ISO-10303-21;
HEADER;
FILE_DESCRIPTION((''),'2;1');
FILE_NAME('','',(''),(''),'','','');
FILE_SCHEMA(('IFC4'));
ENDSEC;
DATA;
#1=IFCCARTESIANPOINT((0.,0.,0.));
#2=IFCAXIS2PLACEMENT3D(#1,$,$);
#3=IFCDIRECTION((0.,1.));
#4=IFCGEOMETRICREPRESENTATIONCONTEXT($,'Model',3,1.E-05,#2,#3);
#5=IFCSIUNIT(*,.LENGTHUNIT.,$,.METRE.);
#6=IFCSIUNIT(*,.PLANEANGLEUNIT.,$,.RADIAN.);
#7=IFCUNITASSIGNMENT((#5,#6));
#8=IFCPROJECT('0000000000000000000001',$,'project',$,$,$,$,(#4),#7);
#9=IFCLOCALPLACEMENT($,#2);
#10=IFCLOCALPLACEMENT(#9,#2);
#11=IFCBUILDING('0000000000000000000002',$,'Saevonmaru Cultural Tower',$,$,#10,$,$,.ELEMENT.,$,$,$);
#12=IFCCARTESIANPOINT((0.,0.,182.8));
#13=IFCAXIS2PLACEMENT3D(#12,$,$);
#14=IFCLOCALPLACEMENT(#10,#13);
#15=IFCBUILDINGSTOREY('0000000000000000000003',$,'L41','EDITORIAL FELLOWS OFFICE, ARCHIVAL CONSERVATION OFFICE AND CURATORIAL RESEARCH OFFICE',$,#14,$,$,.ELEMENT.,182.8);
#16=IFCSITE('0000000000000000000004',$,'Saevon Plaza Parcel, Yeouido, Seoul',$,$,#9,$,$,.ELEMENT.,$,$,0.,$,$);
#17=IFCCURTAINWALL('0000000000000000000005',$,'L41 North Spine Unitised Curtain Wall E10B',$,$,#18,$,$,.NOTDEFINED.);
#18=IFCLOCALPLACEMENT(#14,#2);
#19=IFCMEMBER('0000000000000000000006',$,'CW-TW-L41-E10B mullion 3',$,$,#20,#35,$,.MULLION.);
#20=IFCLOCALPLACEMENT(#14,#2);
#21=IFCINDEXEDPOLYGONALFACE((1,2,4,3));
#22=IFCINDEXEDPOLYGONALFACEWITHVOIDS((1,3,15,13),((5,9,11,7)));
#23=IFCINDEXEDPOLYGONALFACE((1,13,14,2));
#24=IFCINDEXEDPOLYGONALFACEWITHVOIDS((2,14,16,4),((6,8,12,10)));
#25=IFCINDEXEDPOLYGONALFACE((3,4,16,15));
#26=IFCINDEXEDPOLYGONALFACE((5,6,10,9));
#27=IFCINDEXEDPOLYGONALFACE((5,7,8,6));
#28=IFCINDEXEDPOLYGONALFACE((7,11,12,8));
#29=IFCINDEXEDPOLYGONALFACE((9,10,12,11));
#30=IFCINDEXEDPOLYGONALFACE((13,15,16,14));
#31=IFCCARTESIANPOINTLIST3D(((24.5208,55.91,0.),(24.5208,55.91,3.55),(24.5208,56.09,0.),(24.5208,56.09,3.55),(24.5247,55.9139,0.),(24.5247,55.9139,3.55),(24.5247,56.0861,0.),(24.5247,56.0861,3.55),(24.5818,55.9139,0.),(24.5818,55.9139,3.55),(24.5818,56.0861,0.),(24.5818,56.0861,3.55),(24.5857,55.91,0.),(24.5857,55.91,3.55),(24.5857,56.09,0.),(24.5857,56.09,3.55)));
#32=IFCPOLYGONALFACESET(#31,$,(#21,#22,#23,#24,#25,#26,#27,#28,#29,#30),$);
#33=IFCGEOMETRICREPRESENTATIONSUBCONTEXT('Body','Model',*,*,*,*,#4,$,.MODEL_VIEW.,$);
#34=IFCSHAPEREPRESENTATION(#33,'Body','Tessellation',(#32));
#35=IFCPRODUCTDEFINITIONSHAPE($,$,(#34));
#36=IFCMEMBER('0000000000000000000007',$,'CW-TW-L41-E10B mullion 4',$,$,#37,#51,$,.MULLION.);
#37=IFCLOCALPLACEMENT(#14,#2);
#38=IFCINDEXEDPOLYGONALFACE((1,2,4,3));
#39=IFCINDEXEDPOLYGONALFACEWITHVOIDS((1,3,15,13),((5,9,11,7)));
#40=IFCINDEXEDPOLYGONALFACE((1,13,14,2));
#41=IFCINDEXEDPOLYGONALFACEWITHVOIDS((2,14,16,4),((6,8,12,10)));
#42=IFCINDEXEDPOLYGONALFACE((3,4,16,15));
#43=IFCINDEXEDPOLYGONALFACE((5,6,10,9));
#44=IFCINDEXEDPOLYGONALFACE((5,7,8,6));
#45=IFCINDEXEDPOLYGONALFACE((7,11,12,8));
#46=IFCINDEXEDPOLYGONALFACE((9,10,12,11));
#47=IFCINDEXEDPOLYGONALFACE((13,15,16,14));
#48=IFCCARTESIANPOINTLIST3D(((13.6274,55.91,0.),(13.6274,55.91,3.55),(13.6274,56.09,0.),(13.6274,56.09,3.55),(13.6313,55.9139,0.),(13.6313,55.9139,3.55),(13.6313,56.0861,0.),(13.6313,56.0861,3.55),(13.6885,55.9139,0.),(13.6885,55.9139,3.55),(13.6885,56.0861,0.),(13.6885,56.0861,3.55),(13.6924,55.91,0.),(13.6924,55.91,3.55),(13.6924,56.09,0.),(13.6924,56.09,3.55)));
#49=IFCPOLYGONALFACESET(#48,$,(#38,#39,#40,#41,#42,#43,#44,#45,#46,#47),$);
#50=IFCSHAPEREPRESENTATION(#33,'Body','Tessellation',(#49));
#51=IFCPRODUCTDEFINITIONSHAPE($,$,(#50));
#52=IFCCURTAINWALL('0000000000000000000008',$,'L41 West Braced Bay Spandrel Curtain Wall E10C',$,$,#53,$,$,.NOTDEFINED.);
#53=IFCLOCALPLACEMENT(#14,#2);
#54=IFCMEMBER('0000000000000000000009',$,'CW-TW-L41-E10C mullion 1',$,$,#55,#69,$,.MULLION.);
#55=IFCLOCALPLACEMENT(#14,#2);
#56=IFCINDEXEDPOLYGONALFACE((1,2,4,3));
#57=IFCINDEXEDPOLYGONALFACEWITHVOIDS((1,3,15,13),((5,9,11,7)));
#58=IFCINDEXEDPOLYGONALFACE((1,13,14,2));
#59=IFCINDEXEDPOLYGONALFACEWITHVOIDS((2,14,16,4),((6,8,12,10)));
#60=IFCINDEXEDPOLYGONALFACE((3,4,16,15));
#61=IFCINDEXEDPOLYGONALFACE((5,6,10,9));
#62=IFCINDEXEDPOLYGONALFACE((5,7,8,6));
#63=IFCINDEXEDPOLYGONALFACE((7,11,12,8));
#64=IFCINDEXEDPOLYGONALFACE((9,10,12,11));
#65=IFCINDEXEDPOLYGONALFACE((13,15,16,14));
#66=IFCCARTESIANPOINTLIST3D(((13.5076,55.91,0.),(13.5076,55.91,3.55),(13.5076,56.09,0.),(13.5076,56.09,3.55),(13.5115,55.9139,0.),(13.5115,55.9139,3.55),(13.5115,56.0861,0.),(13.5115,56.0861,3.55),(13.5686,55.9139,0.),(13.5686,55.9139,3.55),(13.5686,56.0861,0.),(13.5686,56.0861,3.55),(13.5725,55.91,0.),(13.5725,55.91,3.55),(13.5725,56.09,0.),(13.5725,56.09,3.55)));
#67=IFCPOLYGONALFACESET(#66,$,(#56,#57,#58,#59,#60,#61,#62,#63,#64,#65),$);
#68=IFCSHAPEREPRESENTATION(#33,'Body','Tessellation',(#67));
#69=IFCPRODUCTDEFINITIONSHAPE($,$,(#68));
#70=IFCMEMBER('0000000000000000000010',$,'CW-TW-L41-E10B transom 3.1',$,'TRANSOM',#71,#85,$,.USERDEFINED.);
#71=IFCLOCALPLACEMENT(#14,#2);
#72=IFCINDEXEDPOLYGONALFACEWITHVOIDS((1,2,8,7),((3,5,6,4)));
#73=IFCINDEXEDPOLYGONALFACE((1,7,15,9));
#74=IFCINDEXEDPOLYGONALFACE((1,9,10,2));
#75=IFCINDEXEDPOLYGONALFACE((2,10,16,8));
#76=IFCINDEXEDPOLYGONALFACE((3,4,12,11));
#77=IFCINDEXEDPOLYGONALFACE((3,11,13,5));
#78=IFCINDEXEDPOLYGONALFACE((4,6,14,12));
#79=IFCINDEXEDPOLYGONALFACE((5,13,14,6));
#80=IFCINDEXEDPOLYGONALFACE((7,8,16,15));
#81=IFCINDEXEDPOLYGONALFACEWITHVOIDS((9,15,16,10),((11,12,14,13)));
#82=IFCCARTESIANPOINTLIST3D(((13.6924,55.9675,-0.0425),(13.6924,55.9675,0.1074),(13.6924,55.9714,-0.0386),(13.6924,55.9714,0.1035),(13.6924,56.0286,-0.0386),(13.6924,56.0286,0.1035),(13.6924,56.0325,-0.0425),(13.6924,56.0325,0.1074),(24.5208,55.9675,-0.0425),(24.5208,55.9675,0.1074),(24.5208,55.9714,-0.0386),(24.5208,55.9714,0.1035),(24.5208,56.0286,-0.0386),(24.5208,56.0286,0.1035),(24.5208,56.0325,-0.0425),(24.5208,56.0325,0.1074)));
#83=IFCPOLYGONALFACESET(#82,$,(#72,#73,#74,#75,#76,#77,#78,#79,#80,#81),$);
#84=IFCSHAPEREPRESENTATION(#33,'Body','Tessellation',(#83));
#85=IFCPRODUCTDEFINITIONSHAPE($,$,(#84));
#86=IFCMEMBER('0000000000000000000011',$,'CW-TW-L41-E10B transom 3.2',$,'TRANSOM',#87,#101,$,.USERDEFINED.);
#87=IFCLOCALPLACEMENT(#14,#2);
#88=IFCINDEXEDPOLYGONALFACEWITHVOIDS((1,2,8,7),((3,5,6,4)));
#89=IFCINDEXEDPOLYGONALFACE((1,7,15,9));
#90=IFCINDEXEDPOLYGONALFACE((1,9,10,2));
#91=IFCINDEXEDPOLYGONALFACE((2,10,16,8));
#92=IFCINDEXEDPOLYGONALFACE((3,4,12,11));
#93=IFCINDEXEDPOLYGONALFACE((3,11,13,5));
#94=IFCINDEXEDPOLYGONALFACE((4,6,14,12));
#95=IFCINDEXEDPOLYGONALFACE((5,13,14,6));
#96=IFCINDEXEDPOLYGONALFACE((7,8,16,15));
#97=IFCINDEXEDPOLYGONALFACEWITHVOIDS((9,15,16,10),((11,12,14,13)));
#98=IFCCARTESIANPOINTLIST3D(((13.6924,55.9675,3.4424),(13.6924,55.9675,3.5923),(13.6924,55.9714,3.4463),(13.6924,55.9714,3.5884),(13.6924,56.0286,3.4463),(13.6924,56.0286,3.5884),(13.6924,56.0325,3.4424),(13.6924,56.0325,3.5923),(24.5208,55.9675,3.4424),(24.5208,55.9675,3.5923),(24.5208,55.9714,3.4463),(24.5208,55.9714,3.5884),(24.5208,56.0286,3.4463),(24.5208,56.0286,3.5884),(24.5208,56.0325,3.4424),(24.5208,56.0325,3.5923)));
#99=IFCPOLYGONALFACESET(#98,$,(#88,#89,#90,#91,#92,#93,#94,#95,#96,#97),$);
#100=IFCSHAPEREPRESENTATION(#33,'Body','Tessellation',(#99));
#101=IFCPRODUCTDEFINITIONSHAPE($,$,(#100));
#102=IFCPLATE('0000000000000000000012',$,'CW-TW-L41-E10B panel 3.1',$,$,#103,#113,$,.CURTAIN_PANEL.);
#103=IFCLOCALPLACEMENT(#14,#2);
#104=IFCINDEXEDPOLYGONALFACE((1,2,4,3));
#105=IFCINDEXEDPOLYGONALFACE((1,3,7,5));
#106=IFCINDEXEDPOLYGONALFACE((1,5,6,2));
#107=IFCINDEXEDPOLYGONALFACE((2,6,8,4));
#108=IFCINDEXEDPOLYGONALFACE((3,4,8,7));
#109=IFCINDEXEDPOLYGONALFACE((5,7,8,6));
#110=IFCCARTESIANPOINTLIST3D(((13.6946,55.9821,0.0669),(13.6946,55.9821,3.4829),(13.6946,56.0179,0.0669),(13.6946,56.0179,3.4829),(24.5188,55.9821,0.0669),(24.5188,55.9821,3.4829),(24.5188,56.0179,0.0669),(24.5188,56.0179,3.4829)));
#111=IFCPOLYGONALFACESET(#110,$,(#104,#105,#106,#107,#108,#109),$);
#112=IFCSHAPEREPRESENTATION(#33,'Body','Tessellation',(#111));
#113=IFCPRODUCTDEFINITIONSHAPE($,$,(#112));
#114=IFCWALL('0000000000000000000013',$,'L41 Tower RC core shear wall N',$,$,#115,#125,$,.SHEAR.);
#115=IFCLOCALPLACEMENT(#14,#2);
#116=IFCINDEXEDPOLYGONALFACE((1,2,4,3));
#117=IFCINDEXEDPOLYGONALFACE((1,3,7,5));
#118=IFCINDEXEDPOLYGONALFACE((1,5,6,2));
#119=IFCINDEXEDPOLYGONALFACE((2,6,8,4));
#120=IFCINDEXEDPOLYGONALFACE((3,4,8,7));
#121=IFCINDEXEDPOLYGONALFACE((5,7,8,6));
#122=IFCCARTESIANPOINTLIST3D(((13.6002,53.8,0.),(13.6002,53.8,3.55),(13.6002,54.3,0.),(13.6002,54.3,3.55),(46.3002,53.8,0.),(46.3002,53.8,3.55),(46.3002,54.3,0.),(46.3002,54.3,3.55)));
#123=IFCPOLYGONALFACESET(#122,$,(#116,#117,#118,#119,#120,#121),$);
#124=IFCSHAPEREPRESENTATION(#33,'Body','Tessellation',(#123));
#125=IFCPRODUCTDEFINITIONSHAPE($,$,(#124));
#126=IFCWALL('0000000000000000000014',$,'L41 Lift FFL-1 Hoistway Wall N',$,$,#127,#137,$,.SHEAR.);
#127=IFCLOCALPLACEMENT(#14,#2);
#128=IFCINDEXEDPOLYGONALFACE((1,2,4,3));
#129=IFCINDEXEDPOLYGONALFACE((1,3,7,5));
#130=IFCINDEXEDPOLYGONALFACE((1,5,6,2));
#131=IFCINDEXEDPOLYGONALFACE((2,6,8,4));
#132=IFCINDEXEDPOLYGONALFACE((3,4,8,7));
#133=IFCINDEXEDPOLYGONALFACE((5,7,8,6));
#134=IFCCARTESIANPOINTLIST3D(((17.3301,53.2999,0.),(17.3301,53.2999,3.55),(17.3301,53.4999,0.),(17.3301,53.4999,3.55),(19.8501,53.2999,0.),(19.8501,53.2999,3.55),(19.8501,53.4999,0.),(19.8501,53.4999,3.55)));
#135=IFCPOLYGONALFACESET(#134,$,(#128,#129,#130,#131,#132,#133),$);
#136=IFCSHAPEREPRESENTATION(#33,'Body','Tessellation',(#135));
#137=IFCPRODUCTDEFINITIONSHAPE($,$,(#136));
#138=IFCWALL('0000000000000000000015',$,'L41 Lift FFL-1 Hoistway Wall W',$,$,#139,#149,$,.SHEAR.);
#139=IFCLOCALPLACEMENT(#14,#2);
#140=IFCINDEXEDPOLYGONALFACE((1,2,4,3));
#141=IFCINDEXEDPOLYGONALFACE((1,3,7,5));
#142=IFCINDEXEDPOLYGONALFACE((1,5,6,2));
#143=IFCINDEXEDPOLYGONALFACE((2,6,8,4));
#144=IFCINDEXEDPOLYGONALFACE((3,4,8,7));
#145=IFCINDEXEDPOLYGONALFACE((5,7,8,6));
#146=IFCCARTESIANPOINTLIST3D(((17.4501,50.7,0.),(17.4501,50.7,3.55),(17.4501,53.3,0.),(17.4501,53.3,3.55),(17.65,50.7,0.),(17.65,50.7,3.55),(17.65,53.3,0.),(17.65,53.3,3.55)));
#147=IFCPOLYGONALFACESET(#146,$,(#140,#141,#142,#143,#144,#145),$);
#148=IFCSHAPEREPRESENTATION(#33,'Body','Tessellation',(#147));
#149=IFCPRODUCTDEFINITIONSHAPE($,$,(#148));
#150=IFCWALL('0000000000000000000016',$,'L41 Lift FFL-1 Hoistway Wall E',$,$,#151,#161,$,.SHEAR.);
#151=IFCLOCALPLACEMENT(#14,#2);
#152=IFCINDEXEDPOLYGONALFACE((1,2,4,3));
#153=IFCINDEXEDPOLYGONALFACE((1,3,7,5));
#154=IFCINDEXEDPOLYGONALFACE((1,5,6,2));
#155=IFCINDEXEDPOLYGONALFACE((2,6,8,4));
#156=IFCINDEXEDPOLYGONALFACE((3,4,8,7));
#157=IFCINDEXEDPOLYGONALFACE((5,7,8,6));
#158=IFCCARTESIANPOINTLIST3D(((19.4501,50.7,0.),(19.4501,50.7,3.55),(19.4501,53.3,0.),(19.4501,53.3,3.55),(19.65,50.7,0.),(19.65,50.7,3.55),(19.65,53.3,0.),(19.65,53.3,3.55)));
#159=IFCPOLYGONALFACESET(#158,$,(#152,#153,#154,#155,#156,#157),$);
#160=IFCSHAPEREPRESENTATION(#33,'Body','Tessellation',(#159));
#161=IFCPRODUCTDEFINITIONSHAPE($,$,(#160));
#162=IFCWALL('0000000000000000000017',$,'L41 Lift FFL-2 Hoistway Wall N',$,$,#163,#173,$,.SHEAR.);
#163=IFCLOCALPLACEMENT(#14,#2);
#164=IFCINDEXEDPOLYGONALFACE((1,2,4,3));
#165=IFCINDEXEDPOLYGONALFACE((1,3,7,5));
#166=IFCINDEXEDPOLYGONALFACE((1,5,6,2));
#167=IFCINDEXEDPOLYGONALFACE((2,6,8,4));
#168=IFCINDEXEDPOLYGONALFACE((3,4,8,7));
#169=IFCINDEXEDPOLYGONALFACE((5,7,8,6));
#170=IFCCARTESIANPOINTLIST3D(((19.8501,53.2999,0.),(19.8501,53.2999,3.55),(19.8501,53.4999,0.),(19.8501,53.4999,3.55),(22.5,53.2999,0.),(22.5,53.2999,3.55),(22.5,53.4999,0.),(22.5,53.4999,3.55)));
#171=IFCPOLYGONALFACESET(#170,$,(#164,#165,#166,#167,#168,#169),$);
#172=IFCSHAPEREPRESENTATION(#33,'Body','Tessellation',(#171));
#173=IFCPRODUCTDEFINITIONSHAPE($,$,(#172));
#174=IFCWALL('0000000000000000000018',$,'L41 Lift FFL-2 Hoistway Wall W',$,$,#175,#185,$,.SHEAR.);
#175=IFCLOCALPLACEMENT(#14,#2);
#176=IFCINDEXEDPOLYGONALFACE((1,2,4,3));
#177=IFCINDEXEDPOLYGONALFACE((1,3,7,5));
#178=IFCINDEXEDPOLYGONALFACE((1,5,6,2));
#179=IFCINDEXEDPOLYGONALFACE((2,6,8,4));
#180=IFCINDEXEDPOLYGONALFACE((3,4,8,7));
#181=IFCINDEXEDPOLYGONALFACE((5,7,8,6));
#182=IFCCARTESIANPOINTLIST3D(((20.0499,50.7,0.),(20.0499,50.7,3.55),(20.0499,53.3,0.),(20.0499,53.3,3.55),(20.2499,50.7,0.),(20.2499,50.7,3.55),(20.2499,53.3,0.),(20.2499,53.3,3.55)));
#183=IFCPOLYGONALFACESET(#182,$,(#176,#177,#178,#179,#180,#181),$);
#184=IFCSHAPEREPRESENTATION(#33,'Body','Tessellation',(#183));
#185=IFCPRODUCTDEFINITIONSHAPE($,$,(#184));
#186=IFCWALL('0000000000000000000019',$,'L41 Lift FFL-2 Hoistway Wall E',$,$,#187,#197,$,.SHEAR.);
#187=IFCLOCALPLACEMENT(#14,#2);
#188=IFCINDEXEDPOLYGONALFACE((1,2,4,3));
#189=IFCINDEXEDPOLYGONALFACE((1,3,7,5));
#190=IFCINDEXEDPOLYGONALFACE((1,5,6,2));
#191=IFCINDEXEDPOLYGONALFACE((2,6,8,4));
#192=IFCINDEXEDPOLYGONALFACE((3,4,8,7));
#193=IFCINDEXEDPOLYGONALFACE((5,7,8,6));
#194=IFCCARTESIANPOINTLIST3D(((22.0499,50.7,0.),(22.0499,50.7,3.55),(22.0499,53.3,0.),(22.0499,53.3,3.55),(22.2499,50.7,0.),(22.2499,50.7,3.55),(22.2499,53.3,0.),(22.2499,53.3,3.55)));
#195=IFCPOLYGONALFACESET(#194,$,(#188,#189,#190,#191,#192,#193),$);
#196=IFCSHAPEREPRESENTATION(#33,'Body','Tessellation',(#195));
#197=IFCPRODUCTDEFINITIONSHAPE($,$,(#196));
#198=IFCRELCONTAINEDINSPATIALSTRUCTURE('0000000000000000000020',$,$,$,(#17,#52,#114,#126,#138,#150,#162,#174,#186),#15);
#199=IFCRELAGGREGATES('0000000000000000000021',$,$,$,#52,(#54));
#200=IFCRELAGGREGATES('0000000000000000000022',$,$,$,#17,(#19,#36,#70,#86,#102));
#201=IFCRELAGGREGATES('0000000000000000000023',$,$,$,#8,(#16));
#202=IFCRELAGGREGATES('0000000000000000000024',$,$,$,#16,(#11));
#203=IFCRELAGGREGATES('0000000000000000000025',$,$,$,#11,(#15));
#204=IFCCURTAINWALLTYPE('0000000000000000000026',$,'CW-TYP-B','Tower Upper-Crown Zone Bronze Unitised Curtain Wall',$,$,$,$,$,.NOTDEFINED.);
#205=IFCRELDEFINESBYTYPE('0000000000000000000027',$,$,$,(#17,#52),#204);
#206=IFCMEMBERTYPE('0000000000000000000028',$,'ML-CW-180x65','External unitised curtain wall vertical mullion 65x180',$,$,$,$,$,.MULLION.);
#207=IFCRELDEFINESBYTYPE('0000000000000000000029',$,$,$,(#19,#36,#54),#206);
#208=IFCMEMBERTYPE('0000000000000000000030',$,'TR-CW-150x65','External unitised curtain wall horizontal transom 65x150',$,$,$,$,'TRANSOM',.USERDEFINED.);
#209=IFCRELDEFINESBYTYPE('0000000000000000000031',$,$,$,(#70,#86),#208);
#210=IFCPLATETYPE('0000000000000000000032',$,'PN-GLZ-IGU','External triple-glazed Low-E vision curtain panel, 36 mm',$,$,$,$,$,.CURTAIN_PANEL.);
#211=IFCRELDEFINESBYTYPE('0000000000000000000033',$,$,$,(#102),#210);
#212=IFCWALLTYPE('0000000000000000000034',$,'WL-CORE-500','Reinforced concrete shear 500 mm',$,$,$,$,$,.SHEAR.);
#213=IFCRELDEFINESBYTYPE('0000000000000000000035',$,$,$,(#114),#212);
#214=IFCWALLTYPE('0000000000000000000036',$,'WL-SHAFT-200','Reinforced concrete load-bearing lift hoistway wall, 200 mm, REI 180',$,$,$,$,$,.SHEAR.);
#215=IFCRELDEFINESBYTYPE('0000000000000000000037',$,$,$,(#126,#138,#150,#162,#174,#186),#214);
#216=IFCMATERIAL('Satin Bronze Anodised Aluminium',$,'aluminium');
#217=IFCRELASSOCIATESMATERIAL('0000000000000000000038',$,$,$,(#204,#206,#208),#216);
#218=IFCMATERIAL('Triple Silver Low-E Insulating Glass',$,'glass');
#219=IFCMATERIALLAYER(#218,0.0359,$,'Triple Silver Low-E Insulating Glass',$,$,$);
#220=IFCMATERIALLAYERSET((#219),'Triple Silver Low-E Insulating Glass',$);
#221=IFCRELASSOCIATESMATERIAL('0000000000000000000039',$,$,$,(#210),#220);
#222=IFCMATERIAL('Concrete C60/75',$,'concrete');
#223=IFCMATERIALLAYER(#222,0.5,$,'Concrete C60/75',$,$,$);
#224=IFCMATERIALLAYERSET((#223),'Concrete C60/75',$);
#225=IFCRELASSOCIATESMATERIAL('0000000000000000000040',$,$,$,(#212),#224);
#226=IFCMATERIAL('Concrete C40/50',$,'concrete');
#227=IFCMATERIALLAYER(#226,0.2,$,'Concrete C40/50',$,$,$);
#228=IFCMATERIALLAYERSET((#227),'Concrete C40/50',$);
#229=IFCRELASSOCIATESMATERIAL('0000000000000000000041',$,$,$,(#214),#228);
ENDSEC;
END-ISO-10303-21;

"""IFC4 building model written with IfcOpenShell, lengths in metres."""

from ifc_helpers import new_model, si_unit, direction, frame, frame_2d, origin, origin_2d, place, context, subcontext, project, spatial, rectangle, hollow_rectangle, extrude, material, layer, layer_set, material_profile, profile_set, type_object, element, aggregate, save


model = new_model("IFC4")

# Units and contexts
model_context = context("Model", 3, precision=1e-05, world=origin(), true_north=direction((0.0, 1.0)))
body_context = subcontext(model_context, "Body", "Model", "MODEL_VIEW")
ifc_project = project(units=[si_unit("LENGTHUNIT", "METRE"), si_unit("PLANEANGLEUNIT", "RADIAN")], contexts=[model_context])

# Site, building, storey
site_placement = place(None, origin())
site = spatial("IfcSite", under=ifc_project, at=site_placement, Name="Saevon Plaza Parcel, Yeouido, Seoul", CompositionType="ELEMENT", RefElevation=0.0)
building_placement = place(site_placement, origin())
building = spatial("IfcBuilding", under=site, at=building_placement, Name="Saevonmaru Cultural Tower", CompositionType="ELEMENT")
storey_placement = place(building_placement, frame((0.0, 0.0, 182.8)))
storey = spatial("IfcBuildingStorey", under=building, at=storey_placement, Name="L41", Description="EDITORIAL FELLOWS OFFICE, ARCHIVAL CONSERVATION OFFICE AND CURATORIAL RESEARCH OFFICE", CompositionType="ELEMENT", Elevation=182.8)

# Curtain wall, members
ifc_material_1 = material(Name="Satin Bronze Anodised Aluminium", Category="aluminium")
curtain_wall_type = type_object("IfcCurtainWallType", Name="CW-TYP-B", Description="Tower Upper-Crown Zone Bronze Unitised Curtain Wall", PredefinedType="NOTDEFINED", material=ifc_material_1)
curtain_wall_1_placement = place(storey_placement, origin())
curtain_wall_1 = element("IfcCurtainWall", 1, at=curtain_wall_1_placement, inside=storey, type_object=curtain_wall_type, Name="L41 North Spine Unitised Curtain Wall E10B", PredefinedType="NOTDEFINED")
ifc_material_profile_1 = material_profile(ifc_material_1, hollow_rectangle(XDim=0.0649, YDim=0.1799, WallThickness=0.0039, at=origin_2d()), Name="ALU-MULL-180x65x4")
ifc_profile_set_1 = profile_set([ifc_material_profile_1], Name="Satin Bronze Anodised Aluminium")
member_type_1 = type_object("IfcMemberType", Name="ML-CW-180x65", Description="External unitised curtain wall vertical mullion 65x180", PredefinedType="MULLION", material=ifc_profile_set_1)
member_1_placement = place(storey_placement, frame((24.5532, 56.0, 0.0), z_axis=(0.0, 0.0, 1.0), x_axis=(-1.0, 0.0, 0.0)))
member_1 = element("IfcMember", 2, at=member_1_placement, type_object=member_type_1, Name="CW-TW-L41-E10B mullion 3", PredefinedType="MULLION", context=body_context, shape_type="SweptSolid", body=[
    extrude(hollow_rectangle(XDim=0.0649, YDim=0.1799, WallThickness=0.0039, at=origin_2d()), origin(), (0.0, 0.0, 1.0), 3.55),
])
member_2_placement = place(storey_placement, frame((13.6599, 56.0, 0.0), z_axis=(0.0, 0.0, 1.0), x_axis=(-1.0, 0.0, 0.0)))
member_2 = element("IfcMember", 3, at=member_2_placement, type_object=member_type_1, Name="CW-TW-L41-E10B mullion 4", PredefinedType="MULLION", context=body_context, shape_type="SweptSolid", body=[
    extrude(hollow_rectangle(XDim=0.0649, YDim=0.1799, WallThickness=0.0039, at=origin_2d()), origin(), (0.0, 0.0, 1.0), 3.55),
])

# Curtain wall, member
curtain_wall_2_placement = place(storey_placement, origin())
curtain_wall_2 = element("IfcCurtainWall", 4, at=curtain_wall_2_placement, inside=storey, type_object=curtain_wall_type, Name="L41 West Braced Bay Spandrel Curtain Wall E10C", PredefinedType="NOTDEFINED")
member_3_placement = place(storey_placement, frame((13.54, 56.0, 0.0), z_axis=(0.0, 0.0, 1.0), x_axis=(-1.0, 0.0, 0.0)))
member_3 = element("IfcMember", 5, at=member_3_placement, type_object=member_type_1, Name="CW-TW-L41-E10C mullion 1", PredefinedType="MULLION", context=body_context, shape_type="SweptSolid", body=[
    extrude(hollow_rectangle(XDim=0.0649, YDim=0.1799, WallThickness=0.0039, at=origin_2d()), origin(), (0.0, 0.0, 1.0), 3.55),
])
aggregate(curtain_wall_2, [member_3])

# Members
ifc_material_profile_2 = material_profile(ifc_material_1, hollow_rectangle(XDim=0.0649, YDim=0.1499, WallThickness=0.0039, at=origin_2d()), Name="ALU-TRAN-150x65x4")
ifc_profile_set_2 = profile_set([ifc_material_profile_2], Name="Satin Bronze Anodised Aluminium")
member_type_2 = type_object("IfcMemberType", Name="TR-CW-150x65", Description="External unitised curtain wall horizontal transom 65x150", ElementType="TRANSOM", PredefinedType="USERDEFINED", material=ifc_profile_set_2)
member_4_placement = place(storey_placement, frame((24.5208, 56.0, 0.0325), z_axis=(-1.0, 0.0, 0.0), x_axis=(0.0, -1.0, 0.0)))
member_4 = element("IfcMember", 6, at=member_4_placement, type_object=member_type_2, Name="CW-TW-L41-E10B transom 3.1", ObjectType="TRANSOM", PredefinedType="USERDEFINED", context=body_context, shape_type="SweptSolid", body=[
    extrude(hollow_rectangle(XDim=0.0649, YDim=0.1499, WallThickness=0.0039, at=origin_2d()), origin(), (0.0, 0.0, 1.0), 10.8284),
])
member_5_placement = place(storey_placement, frame((24.5208, 56.0, 3.5173), z_axis=(-1.0, 0.0, 0.0), x_axis=(0.0, -1.0, 0.0)))
member_5 = element("IfcMember", 7, at=member_5_placement, type_object=member_type_2, Name="CW-TW-L41-E10B transom 3.2", ObjectType="TRANSOM", PredefinedType="USERDEFINED", context=body_context, shape_type="SweptSolid", body=[
    extrude(hollow_rectangle(XDim=0.0649, YDim=0.1499, WallThickness=0.0039, at=origin_2d()), origin(), (0.0, 0.0, 1.0), 10.8284),
])

# Plate
ifc_material_2 = material(Name="Triple Silver Low-E Insulating Glass", Category="glass")
ifc_layer_1 = layer(ifc_material_2, 0.0359, Name="Triple Silver Low-E Insulating Glass")
ifc_layer_set_1 = layer_set([ifc_layer_1], Name="Triple Silver Low-E Insulating Glass")
plate_type = type_object("IfcPlateType", Name="PN-GLZ-IGU", Description="External triple-glazed Low-E vision curtain panel, 36 mm", PredefinedType="CURTAIN_PANEL", material=ifc_layer_set_1)
plate_placement = place(storey_placement, frame((19.1067, 56.0, 0.0669), z_axis=(0.0, 0.0, 1.0), x_axis=(-1.0, 0.0, 0.0)))
plate = element("IfcPlate", 8, at=plate_placement, type_object=plate_type, Name="CW-TW-L41-E10B panel 3.1", PredefinedType="CURTAIN_PANEL", context=body_context, shape_type="SweptSolid", body=[
    extrude(rectangle(XDim=10.8242, YDim=0.0359, at=origin_2d()), origin(), (0.0, 0.0, 1.0), 3.416),
])
aggregate(curtain_wall_1, [member_1, member_2, member_4, member_5, plate])

# Walls
ifc_material_3 = material(Name="Concrete C60/75", Category="concrete")
ifc_layer_2 = layer(ifc_material_3, 0.5, Name="Concrete C60/75")
ifc_layer_set_2 = layer_set([ifc_layer_2], Name="Concrete C60/75")
wall_type_1 = type_object("IfcWallType", Name="WL-CORE-500", Description="Reinforced concrete shear 500 mm", PredefinedType="SHEAR", material=ifc_layer_set_2)
wall_1_placement = place(storey_placement, frame((13.6001, 54.05, 0.0), z_axis=(0.0, 0.0, 1.0), x_axis=(1.0, 0.0, 0.0)))
element("IfcWall", 9, at=wall_1_placement, inside=storey, type_object=wall_type_1, Name="L41 Tower RC core shear wall N", PredefinedType="SHEAR", context=body_context, shape_type="SweptSolid", body=[
    extrude(rectangle(XDim=32.7, YDim=0.5, at=frame_2d((16.3501, 0.0))), origin(), (0.0, 0.0, 1.0), 3.55),
])
ifc_material_4 = material(Name="Concrete C40/50", Category="concrete")
ifc_layer_3 = layer(ifc_material_4, 0.2, Name="Concrete C40/50")
ifc_layer_set_3 = layer_set([ifc_layer_3], Name="Concrete C40/50")
wall_type_2 = type_object("IfcWallType", Name="WL-SHAFT-200", Description="Reinforced concrete load-bearing lift hoistway wall, 200 mm, REI 180", PredefinedType="SHEAR", material=ifc_layer_set_3)
wall_2_placement = place(storey_placement, frame((17.3301, 53.3999, 0.0), z_axis=(0.0, 0.0, 1.0), x_axis=(1.0, 0.0, 0.0)))
element("IfcWall", 10, at=wall_2_placement, inside=storey, type_object=wall_type_2, Name="L41 Lift FFL-1 Hoistway Wall N", PredefinedType="SHEAR", context=body_context, shape_type="SweptSolid", body=[
    extrude(rectangle(XDim=2.52, YDim=0.2, at=frame_2d((1.26, 0.0))), origin(), (0.0, 0.0, 1.0), 3.55),
])
for number, where, z_axis, x_axis, name in (
    (11, (17.55, 50.7, 0.0), (0.0, 0.0, 1.0), (0.0, 1.0, 0.0), "L41 Lift FFL-1 Hoistway Wall W"),
    (12, (19.55, 50.7, 0.0), (0.0, 0.0, 1.0), (0.0, 1.0, 0.0), "L41 Lift FFL-1 Hoistway Wall E"),
):
    element("IfcWall", number, at=place(storey_placement, frame(where, z_axis=z_axis, x_axis=x_axis)), inside=storey, type_object=wall_type_2, Name=name, PredefinedType="SHEAR", context=body_context, shape_type="SweptSolid", body=[
        extrude(rectangle(XDim=2.6001, YDim=0.2, at=frame_2d((1.3, 0.0))), origin(), (0.0, 0.0, 1.0), 3.55),
    ])
wall_3_placement = place(storey_placement, frame((19.8501, 53.3999, 0.0), z_axis=(0.0, 0.0, 1.0), x_axis=(1.0, 0.0, 0.0)))
element("IfcWall", 13, at=wall_3_placement, inside=storey, type_object=wall_type_2, Name="L41 Lift FFL-2 Hoistway Wall N", PredefinedType="SHEAR", context=body_context, shape_type="SweptSolid", body=[
    extrude(rectangle(XDim=2.6499, YDim=0.2, at=frame_2d((1.325, 0.0))), origin(), (0.0, 0.0, 1.0), 3.55),
])
for number, where, z_axis, x_axis, name in (
    (14, (20.1499, 50.7, 0.0), (0.0, 0.0, 1.0), (0.0, 1.0, 0.0), "L41 Lift FFL-2 Hoistway Wall W"),
    (15, (22.1499, 50.7, 0.0), (0.0, 0.0, 1.0), (0.0, 1.0, 0.0), "L41 Lift FFL-2 Hoistway Wall E"),
):
    element("IfcWall", number, at=place(storey_placement, frame(where, z_axis=z_axis, x_axis=x_axis)), inside=storey, type_object=wall_type_2, Name=name, PredefinedType="SHEAR", context=body_context, shape_type="SweptSolid", body=[
        extrude(rectangle(XDim=2.6001, YDim=0.2, at=frame_2d((1.3, 0.0))), origin(), (0.0, 0.0, 1.0), 3.55),
    ])

save(model, "model.ifc")
